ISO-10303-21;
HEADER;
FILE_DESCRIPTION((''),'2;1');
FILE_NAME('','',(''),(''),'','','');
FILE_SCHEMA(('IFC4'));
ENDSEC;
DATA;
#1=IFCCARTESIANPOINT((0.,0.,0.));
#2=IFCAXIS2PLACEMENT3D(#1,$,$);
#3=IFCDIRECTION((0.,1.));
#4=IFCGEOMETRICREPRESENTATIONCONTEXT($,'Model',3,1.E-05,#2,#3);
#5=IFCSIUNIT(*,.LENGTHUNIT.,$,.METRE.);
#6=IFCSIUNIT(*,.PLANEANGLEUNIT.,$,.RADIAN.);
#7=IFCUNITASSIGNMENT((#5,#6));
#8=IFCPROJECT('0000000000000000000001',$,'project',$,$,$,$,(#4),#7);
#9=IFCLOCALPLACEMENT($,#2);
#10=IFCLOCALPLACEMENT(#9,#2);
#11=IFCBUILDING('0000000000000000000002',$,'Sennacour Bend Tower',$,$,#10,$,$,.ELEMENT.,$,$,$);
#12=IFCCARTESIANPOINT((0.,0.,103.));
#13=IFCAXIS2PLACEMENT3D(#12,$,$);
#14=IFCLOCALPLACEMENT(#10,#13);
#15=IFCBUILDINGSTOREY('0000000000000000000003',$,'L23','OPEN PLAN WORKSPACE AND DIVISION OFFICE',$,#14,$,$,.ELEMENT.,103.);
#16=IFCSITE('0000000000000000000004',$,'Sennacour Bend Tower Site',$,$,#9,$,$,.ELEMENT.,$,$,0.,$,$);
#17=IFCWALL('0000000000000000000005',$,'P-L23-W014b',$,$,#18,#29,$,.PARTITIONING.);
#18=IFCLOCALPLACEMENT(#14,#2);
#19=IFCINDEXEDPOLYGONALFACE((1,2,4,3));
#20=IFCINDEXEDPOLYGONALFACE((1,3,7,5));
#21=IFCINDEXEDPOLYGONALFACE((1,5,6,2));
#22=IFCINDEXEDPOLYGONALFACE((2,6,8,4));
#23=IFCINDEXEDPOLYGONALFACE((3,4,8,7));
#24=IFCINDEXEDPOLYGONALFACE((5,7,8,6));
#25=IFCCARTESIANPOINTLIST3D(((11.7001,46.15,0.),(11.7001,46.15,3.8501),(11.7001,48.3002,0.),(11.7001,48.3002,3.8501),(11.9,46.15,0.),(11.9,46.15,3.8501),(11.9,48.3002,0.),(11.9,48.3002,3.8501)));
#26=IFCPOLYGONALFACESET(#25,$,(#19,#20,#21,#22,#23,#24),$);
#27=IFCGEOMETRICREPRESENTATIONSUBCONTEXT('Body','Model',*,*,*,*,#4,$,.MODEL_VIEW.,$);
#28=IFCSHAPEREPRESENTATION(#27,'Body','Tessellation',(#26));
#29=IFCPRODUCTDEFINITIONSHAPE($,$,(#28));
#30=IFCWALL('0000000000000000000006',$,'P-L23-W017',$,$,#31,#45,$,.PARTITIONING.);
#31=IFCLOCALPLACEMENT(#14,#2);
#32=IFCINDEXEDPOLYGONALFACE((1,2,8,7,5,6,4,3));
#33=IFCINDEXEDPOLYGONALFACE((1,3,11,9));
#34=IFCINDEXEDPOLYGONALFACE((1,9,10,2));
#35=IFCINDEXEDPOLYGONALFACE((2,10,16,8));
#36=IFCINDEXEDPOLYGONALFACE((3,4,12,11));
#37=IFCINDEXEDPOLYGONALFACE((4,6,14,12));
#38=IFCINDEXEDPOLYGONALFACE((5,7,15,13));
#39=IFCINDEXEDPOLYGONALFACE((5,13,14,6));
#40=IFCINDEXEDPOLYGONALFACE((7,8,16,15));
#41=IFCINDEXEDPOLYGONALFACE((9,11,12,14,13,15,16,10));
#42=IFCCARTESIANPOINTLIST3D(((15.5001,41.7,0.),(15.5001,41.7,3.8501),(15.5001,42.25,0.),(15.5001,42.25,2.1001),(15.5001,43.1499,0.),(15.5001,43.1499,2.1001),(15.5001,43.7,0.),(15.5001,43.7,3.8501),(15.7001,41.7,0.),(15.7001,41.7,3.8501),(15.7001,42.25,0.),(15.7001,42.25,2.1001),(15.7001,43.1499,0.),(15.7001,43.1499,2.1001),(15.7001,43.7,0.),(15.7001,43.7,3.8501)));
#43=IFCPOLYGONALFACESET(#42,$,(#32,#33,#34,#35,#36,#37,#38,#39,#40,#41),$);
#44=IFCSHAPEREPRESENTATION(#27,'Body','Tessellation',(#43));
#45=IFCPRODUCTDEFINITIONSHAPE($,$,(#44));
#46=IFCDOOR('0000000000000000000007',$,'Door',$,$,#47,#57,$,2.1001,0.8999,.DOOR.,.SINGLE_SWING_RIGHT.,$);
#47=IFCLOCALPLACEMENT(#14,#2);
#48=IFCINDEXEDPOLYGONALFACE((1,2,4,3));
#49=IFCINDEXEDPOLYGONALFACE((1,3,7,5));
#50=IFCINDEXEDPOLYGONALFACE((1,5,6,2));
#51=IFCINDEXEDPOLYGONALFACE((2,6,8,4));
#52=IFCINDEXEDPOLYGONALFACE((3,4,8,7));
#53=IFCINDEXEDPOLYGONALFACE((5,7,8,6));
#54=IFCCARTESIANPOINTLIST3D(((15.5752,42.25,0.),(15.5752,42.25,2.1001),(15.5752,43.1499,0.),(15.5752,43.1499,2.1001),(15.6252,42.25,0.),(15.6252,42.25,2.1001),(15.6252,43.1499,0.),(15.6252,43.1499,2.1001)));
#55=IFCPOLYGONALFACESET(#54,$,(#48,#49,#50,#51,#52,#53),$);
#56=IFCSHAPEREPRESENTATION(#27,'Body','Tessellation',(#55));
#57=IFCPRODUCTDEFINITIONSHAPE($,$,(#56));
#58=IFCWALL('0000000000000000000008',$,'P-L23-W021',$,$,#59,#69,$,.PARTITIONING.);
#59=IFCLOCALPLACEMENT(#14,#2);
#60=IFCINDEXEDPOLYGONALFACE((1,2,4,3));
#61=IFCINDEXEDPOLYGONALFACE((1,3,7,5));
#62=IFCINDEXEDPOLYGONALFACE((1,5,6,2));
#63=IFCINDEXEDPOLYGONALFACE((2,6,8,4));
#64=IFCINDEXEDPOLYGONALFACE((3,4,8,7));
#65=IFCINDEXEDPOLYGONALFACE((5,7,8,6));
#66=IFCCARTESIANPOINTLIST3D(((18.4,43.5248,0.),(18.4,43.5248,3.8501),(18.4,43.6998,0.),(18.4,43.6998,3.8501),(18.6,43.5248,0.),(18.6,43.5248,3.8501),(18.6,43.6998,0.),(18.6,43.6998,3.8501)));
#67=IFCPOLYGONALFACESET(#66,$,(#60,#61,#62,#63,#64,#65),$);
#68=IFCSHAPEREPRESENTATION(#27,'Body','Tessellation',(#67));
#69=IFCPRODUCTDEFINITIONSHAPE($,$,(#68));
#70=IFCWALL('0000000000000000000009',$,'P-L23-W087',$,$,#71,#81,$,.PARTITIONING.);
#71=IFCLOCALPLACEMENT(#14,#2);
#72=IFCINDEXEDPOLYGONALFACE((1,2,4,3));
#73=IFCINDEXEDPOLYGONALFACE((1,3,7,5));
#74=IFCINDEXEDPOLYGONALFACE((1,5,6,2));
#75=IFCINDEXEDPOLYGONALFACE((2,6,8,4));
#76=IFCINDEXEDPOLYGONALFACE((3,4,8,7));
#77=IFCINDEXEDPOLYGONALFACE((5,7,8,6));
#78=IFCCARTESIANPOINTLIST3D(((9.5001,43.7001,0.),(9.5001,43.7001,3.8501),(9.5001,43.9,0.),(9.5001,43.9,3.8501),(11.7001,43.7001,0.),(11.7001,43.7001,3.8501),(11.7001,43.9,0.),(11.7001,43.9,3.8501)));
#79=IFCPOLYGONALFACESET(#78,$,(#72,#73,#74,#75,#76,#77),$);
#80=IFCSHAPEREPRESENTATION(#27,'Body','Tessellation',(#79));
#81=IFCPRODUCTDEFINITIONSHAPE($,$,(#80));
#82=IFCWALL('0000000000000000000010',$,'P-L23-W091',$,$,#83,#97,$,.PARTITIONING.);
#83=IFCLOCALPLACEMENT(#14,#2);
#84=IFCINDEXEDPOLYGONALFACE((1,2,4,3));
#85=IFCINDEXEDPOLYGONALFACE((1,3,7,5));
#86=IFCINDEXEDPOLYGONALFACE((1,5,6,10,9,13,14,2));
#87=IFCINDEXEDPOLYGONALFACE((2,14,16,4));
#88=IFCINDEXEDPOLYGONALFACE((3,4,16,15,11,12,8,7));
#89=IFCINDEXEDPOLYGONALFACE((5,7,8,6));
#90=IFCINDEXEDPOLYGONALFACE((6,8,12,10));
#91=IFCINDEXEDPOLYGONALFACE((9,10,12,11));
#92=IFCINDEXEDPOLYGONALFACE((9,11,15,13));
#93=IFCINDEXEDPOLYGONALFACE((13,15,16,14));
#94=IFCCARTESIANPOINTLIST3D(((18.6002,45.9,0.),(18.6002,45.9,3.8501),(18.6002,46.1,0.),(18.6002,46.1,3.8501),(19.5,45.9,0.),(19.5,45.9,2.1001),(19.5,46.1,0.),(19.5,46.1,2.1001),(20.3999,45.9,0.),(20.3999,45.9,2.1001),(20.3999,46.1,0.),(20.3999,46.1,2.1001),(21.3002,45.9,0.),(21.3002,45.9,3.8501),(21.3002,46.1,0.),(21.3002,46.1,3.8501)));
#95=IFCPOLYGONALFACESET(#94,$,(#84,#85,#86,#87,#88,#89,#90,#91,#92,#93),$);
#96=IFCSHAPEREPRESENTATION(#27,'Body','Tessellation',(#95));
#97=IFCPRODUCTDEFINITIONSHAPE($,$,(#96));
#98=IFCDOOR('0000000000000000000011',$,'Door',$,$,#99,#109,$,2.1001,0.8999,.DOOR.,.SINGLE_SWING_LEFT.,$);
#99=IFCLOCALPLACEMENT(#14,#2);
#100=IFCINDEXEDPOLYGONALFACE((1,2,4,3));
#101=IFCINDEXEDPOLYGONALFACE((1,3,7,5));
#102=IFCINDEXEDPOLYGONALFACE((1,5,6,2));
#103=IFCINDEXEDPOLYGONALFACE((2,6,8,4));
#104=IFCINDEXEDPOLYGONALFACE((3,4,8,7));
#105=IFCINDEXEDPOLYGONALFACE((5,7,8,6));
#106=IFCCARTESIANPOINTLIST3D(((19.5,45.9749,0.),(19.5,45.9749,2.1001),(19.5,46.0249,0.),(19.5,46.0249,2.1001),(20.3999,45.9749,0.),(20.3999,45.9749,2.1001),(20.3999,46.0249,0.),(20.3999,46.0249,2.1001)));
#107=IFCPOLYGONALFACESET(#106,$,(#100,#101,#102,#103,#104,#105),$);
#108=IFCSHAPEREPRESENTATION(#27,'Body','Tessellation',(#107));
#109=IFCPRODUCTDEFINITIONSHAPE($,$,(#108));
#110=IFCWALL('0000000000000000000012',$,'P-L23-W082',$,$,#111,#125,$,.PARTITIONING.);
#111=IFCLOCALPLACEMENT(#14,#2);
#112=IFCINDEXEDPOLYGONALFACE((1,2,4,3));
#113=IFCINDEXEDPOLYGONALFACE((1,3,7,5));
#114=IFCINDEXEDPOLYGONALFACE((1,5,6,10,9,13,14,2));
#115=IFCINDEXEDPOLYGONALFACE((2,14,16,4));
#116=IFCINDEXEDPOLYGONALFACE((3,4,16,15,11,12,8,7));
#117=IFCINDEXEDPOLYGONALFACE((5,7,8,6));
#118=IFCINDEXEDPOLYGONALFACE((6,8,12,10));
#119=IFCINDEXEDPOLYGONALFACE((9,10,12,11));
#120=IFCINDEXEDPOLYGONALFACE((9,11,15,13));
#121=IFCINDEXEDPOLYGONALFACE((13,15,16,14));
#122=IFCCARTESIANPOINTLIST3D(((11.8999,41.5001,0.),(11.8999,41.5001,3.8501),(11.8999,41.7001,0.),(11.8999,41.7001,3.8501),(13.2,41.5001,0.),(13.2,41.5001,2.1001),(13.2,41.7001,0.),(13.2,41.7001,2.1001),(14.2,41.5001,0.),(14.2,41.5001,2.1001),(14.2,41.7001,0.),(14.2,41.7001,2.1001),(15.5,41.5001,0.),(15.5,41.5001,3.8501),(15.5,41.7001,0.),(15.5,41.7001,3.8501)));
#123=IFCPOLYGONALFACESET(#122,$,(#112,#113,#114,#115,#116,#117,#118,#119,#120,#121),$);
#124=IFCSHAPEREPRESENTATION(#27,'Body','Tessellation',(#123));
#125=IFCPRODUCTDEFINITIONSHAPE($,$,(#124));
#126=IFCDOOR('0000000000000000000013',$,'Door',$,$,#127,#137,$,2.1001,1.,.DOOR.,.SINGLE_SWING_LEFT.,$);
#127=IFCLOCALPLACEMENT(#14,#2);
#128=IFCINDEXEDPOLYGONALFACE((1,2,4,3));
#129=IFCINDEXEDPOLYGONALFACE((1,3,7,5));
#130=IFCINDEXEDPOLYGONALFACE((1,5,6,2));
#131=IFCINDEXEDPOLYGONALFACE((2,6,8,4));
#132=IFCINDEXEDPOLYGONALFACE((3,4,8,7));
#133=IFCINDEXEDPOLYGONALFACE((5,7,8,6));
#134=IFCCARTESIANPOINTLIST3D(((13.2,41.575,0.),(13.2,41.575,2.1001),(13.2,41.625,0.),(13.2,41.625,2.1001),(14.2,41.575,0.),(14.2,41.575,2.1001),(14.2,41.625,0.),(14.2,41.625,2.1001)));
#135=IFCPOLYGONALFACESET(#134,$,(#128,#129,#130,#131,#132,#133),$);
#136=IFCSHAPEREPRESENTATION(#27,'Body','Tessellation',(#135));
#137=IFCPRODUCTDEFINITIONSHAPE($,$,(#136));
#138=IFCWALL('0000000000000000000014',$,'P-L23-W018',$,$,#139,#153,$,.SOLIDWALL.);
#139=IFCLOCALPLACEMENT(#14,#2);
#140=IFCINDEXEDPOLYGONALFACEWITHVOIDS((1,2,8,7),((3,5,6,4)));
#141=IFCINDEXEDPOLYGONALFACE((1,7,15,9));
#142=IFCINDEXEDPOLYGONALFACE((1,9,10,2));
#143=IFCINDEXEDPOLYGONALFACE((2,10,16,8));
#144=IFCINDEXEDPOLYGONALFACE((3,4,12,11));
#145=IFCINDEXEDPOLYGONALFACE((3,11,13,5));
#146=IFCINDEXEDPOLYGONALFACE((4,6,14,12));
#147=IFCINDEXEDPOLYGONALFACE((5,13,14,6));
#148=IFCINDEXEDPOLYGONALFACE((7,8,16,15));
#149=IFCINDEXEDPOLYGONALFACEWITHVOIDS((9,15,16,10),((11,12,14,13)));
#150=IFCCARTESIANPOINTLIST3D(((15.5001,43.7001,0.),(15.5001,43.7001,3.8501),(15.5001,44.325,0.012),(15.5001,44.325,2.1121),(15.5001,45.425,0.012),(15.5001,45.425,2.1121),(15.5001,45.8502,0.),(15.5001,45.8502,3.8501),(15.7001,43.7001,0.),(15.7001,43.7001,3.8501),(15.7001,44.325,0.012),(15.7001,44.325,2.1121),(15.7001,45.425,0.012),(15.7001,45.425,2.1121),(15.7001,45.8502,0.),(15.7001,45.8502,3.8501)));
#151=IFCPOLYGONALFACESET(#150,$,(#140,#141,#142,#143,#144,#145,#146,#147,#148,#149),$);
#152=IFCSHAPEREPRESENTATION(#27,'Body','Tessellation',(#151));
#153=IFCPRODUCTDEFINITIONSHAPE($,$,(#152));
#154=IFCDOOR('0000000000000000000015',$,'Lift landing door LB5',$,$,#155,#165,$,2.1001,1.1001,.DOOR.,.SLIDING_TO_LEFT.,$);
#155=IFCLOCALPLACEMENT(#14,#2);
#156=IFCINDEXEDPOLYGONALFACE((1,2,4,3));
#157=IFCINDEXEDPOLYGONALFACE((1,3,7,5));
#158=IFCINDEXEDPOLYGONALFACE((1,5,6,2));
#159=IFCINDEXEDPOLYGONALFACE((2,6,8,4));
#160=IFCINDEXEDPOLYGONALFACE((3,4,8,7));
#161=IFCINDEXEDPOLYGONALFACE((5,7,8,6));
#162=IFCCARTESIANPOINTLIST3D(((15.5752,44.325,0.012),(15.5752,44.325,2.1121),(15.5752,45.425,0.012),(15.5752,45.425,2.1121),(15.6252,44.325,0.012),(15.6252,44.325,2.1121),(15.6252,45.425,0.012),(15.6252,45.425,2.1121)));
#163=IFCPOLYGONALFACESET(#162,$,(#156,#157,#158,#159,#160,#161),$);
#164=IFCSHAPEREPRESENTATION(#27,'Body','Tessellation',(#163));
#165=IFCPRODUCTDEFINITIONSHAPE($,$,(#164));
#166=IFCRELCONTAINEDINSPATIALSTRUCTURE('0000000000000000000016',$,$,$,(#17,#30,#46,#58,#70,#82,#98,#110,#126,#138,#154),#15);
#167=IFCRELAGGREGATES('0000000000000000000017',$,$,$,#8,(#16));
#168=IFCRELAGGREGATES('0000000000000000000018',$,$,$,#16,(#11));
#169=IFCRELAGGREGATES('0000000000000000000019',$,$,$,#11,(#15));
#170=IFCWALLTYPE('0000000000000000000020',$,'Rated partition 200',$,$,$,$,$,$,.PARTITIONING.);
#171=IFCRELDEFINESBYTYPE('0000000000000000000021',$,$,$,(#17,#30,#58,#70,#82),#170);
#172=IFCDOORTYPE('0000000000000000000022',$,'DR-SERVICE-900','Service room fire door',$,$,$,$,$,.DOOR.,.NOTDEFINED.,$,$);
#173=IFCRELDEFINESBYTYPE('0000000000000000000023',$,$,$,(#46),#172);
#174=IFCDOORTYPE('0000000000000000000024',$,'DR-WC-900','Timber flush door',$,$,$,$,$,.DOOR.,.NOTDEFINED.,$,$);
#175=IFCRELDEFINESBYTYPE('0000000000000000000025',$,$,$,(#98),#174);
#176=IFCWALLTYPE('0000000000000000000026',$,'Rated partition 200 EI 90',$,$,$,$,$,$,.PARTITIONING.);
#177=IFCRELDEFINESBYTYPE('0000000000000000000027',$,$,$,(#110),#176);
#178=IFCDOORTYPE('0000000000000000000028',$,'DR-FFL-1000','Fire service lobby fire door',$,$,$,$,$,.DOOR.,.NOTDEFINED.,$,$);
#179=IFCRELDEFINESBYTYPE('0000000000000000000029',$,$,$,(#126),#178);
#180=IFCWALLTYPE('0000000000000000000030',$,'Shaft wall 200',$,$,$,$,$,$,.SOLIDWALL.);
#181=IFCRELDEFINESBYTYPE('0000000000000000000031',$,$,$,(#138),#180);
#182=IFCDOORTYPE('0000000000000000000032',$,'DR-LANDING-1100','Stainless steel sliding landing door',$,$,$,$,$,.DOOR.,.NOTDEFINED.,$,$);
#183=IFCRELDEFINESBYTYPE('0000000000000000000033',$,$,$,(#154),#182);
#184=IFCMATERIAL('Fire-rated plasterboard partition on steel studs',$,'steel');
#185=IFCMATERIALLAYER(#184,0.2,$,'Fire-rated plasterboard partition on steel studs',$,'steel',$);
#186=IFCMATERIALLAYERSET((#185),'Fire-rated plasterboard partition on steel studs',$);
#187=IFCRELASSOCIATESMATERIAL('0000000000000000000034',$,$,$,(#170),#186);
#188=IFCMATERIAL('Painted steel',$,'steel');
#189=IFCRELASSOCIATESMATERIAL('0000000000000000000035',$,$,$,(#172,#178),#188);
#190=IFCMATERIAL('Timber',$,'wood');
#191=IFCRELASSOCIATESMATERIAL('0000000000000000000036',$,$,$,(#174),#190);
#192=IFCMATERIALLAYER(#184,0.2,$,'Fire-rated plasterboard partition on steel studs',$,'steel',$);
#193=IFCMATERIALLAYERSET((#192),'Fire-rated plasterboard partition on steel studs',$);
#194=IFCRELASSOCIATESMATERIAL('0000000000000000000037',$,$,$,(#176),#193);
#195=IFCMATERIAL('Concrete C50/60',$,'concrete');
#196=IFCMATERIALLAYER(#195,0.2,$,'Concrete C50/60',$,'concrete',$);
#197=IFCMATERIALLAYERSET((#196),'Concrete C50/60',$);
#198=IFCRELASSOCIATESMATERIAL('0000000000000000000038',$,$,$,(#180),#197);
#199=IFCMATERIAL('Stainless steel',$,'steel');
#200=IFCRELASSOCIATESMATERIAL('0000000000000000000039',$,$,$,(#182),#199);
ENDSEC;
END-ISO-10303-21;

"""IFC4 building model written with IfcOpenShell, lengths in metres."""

from ifc_helpers import new_model, si_unit, direction, frame, frame_2d, origin, place, context, subcontext, project, spatial, rectangle, extrude, material, layer, layer_set, type_object, element, fill, save


model = new_model("IFC4")

# Units and contexts
model_context = context("Model", 3, precision=1e-05, world=origin(), true_north=direction((0.0, 1.0)))
body_context = subcontext(model_context, "Body", "Model", "MODEL_VIEW")
ifc_project = project(units=[si_unit("LENGTHUNIT", "METRE"), si_unit("PLANEANGLEUNIT", "RADIAN")], contexts=[model_context])

# Site, building, storey
site_placement = place(None, origin())
site = spatial("IfcSite", under=ifc_project, at=site_placement, Name="Sennacour Bend Tower Site", CompositionType="ELEMENT", RefElevation=0.0)
building_placement = place(site_placement, origin())
building = spatial("IfcBuilding", under=site, at=building_placement, Name="Sennacour Bend Tower", CompositionType="ELEMENT")
storey_placement = place(building_placement, frame((0.0, 0.0, 103.0)))
storey = spatial("IfcBuildingStorey", under=building, at=storey_placement, Name="L23", Description="OPEN PLAN WORKSPACE AND DIVISION OFFICE", CompositionType="ELEMENT", Elevation=103.0)

# Wall
ifc_material_1 = material(Name="Fire-rated plasterboard partition on steel studs", Category="steel")
ifc_layer_1 = layer(ifc_material_1, 0.2, Name="Fire-rated plasterboard partition on steel studs", Category="steel")
ifc_layer_set_1 = layer_set([ifc_layer_1], Name="Fire-rated plasterboard partition on steel studs")
wall_type_1 = type_object("IfcWallType", Name="Rated partition 200", PredefinedType="PARTITIONING", material=ifc_layer_set_1)
wall_1_placement = place(storey_placement, frame((11.8, 46.1499, 0.0), z_axis=(0.0, 0.0, 1.0), x_axis=(0.0, 1.0, 0.0)))
element("IfcWall", 1, at=wall_1_placement, inside=storey, type_object=wall_type_1, Name="P-L23-W014b", PredefinedType="PARTITIONING", context=body_context, shape_type="SweptSolid", body=[
    extrude(rectangle(XDim=2.1501, YDim=0.2, at=frame_2d((1.0752, 0.0))), origin(), (0.0, 0.0, 1.0), 3.8501),
])

# Wall, opening, door
wall_2_placement = place(storey_placement, frame((15.6001, 41.7, 0.0), z_axis=(0.0, 0.0, 1.0), x_axis=(0.0, 1.0, 0.0)))
wall_2 = element("IfcWall", 2, at=wall_2_placement, inside=storey, type_object=wall_type_1, Name="P-L23-W017", PredefinedType="PARTITIONING", context=body_context, shape_type="SweptSolid", body=[
    extrude(rectangle(XDim=2.0, YDim=0.2, at=frame_2d((1.0, 0.0))), origin(), (0.0, 0.0, 1.0), 3.8501),
])
opening_1_placement = place(wall_2_placement, frame((0.55, 0.0, 0.0)))
opening_1 = element("IfcOpeningElement", 3, at=opening_1_placement, cuts=wall_2, PredefinedType="OPENING", context=body_context, shape_type="SweptSolid", body=[
    extrude(rectangle(XDim=0.8999, YDim=2.1001, at=frame_2d((0.45, 1.05))), frame((0.0, 0.1099, 0.0), z_axis=(0.0, -1.0, 0.0), x_axis=(1.0, 0.0, 0.0)), (0.0, 0.0, 1.0), 0.22),
])
ifc_material_2 = material(Name="Painted steel", Category="steel")
door_type_1 = type_object("IfcDoorType", Name="DR-SERVICE-900", Description="Service room fire door", OperationType="NOTDEFINED", PredefinedType="DOOR", material=ifc_material_2)
door_1_placement = place(opening_1_placement, origin())
door_1 = element("IfcDoor", 4, at=door_1_placement, inside=storey, type_object=door_type_1, Name="Door", OperationType="SINGLE_SWING_RIGHT", OverallHeight=2.1001, OverallWidth=0.8999, PredefinedType="DOOR", context=body_context, shape_type="SweptSolid", body=[
    extrude(rectangle(XDim=0.8999, YDim=2.1001, at=frame_2d((0.45, 1.05))), frame((0.0, 0.0249, 0.0), z_axis=(0.0, -1.0, 0.0), x_axis=(1.0, 0.0, 0.0)), (0.0, 0.0, 1.0), 0.05),
])
fill(opening_1, door_1)

# Walls
wall_3_placement = place(storey_placement, frame((18.5, 43.5249, 0.0), z_axis=(0.0, 0.0, 1.0), x_axis=(0.0, 1.0, 0.0)))
element("IfcWall", 5, at=wall_3_placement, inside=storey, type_object=wall_type_1, Name="P-L23-W021", PredefinedType="PARTITIONING", context=body_context, shape_type="SweptSolid", body=[
    extrude(rectangle(XDim=0.175, YDim=0.2, at=frame_2d((0.0874, 0.0))), origin(), (0.0, 0.0, 1.0), 3.8501),
])
wall_4_placement = place(storey_placement, frame((9.5, 43.8, 0.0), z_axis=(0.0, 0.0, 1.0), x_axis=(1.0, 0.0, 0.0)))
element("IfcWall", 6, at=wall_4_placement, inside=storey, type_object=wall_type_1, Name="P-L23-W087", PredefinedType="PARTITIONING", context=body_context, shape_type="SweptSolid", body=[
    extrude(rectangle(XDim=2.2, YDim=0.2, at=frame_2d((1.1001, 0.0))), origin(), (0.0, 0.0, 1.0), 3.8501),
])

# Walls, openings, doors
wall_5_placement = place(storey_placement, frame((18.6001, 46.0, 0.0), z_axis=(0.0, 0.0, 1.0), x_axis=(1.0, 0.0, 0.0)))
wall_5 = element("IfcWall", 7, at=wall_5_placement, inside=storey, type_object=wall_type_1, Name="P-L23-W091", PredefinedType="PARTITIONING", context=body_context, shape_type="SweptSolid", body=[
    extrude(rectangle(XDim=2.7, YDim=0.2, at=frame_2d((1.3501, 0.0))), origin(), (0.0, 0.0, 1.0), 3.8501),
])
opening_2_placement = place(wall_5_placement, frame((0.8999, 0.0, 0.0)))
opening_2 = element("IfcOpeningElement", 8, at=opening_2_placement, cuts=wall_5, PredefinedType="OPENING", context=body_context, shape_type="SweptSolid", body=[
    extrude(rectangle(XDim=0.8999, YDim=2.1001, at=frame_2d((0.45, 1.05))), frame((0.0, 0.1099, 0.0), z_axis=(0.0, -1.0, 0.0), x_axis=(1.0, 0.0, 0.0)), (0.0, 0.0, 1.0), 0.22),
])
ifc_material_3 = material(Name="Timber", Category="wood")
door_type_2 = type_object("IfcDoorType", Name="DR-WC-900", Description="Timber flush door", OperationType="NOTDEFINED", PredefinedType="DOOR", material=ifc_material_3)
door_2_placement = place(opening_2_placement, origin())
door_2 = element("IfcDoor", 9, at=door_2_placement, inside=storey, type_object=door_type_2, Name="Door", OperationType="SINGLE_SWING_LEFT", OverallHeight=2.1001, OverallWidth=0.8999, PredefinedType="DOOR", context=body_context, shape_type="SweptSolid", body=[
    extrude(rectangle(XDim=0.8999, YDim=2.1001, at=frame_2d((0.45, 1.05))), frame((0.0, 0.0249, 0.0), z_axis=(0.0, -1.0, 0.0), x_axis=(1.0, 0.0, 0.0)), (0.0, 0.0, 1.0), 0.05),
])
fill(opening_2, door_2)
ifc_layer_2 = layer(ifc_material_1, 0.2, Name="Fire-rated plasterboard partition on steel studs", Category="steel")
ifc_layer_set_2 = layer_set([ifc_layer_2], Name="Fire-rated plasterboard partition on steel studs")
wall_type_2 = type_object("IfcWallType", Name="Rated partition 200 EI 90", PredefinedType="PARTITIONING", material=ifc_layer_set_2)
wall_6_placement = place(storey_placement, frame((11.8999, 41.6001, 0.0), z_axis=(0.0, 0.0, 1.0), x_axis=(1.0, 0.0, 0.0)))
wall_6 = element("IfcWall", 10, at=wall_6_placement, inside=storey, type_object=wall_type_2, Name="P-L23-W082", PredefinedType="PARTITIONING", context=body_context, shape_type="SweptSolid", body=[
    extrude(rectangle(XDim=3.6001, YDim=0.2, at=frame_2d((1.8, 0.0))), origin(), (0.0, 0.0, 1.0), 3.8501),
])
opening_3_placement = place(wall_6_placement, frame((1.3, 0.0, 0.0)))
opening_3 = element("IfcOpeningElement", 11, at=opening_3_placement, cuts=wall_6, PredefinedType="OPENING", context=body_context, shape_type="SweptSolid", body=[
    extrude(rectangle(XDim=1.0, YDim=2.1001, at=frame_2d((0.5, 1.05))), frame((0.0, 0.1099, 0.0), z_axis=(0.0, -1.0, 0.0), x_axis=(1.0, 0.0, 0.0)), (0.0, 0.0, 1.0), 0.22),
])
door_type_3 = type_object("IfcDoorType", Name="DR-FFL-1000", Description="Fire service lobby fire door", OperationType="NOTDEFINED", PredefinedType="DOOR", material=ifc_material_2)
door_3_placement = place(opening_3_placement, origin())
door_3 = element("IfcDoor", 12, at=door_3_placement, inside=storey, type_object=door_type_3, Name="Door", OperationType="SINGLE_SWING_LEFT", OverallHeight=2.1001, OverallWidth=1.0, PredefinedType="DOOR", context=body_context, shape_type="SweptSolid", body=[
    extrude(rectangle(XDim=1.0, YDim=2.1001, at=frame_2d((0.5, 1.05))), frame((0.0, 0.0249, 0.0), z_axis=(0.0, -1.0, 0.0), x_axis=(1.0, 0.0, 0.0)), (0.0, 0.0, 1.0), 0.05),
])
fill(opening_3, door_3)
ifc_material_4 = material(Name="Concrete C50/60", Category="concrete")
ifc_layer_3 = layer(ifc_material_4, 0.2, Name="Concrete C50/60", Category="concrete")
ifc_layer_set_3 = layer_set([ifc_layer_3], Name="Concrete C50/60")
wall_type_3 = type_object("IfcWallType", Name="Shaft wall 200", PredefinedType="SOLIDWALL", material=ifc_layer_set_3)
wall_7_placement = place(storey_placement, frame((15.6001, 43.7, 0.0), z_axis=(0.0, 0.0, 1.0), x_axis=(0.0, 1.0, 0.0)))
wall_7 = element("IfcWall", 13, at=wall_7_placement, inside=storey, type_object=wall_type_3, Name="P-L23-W018", PredefinedType="SOLIDWALL", context=body_context, shape_type="SweptSolid", body=[
    extrude(rectangle(XDim=2.1501, YDim=0.2, at=frame_2d((1.0752, 0.0))), origin(), (0.0, 0.0, 1.0), 3.8501),
])
opening_4_placement = place(wall_7_placement, frame((0.625, 0.0, 0.012)))
opening_4 = element("IfcOpeningElement", 14, at=opening_4_placement, cuts=wall_7, PredefinedType="OPENING", context=body_context, shape_type="SweptSolid", body=[
    extrude(rectangle(XDim=1.1001, YDim=2.1001, at=frame_2d((0.55, 1.05))), frame((0.0, 0.1099, 0.0), z_axis=(0.0, -1.0, 0.0), x_axis=(1.0, 0.0, 0.0)), (0.0, 0.0, 1.0), 0.22),
])
ifc_material_5 = material(Name="Stainless steel", Category="steel")
door_type_4 = type_object("IfcDoorType", Name="DR-LANDING-1100", Description="Stainless steel sliding landing door", OperationType="NOTDEFINED", PredefinedType="DOOR", material=ifc_material_5)
door_4_placement = place(opening_4_placement, origin())
door_4 = element("IfcDoor", 15, at=door_4_placement, inside=storey, type_object=door_type_4, Name="Lift landing door LB5", OperationType="SLIDING_TO_LEFT", OverallHeight=2.1001, OverallWidth=1.1001, PredefinedType="DOOR", context=body_context, shape_type="SweptSolid", body=[
    extrude(rectangle(XDim=1.1001, YDim=2.1001, at=frame_2d((0.55, 1.05))), frame((0.0, 0.0249, 0.0), z_axis=(0.0, -1.0, 0.0), x_axis=(1.0, 0.0, 0.0)), (0.0, 0.0, 1.0), 0.05),
])
fill(opening_4, door_4)

save(model, "model.ifc")
